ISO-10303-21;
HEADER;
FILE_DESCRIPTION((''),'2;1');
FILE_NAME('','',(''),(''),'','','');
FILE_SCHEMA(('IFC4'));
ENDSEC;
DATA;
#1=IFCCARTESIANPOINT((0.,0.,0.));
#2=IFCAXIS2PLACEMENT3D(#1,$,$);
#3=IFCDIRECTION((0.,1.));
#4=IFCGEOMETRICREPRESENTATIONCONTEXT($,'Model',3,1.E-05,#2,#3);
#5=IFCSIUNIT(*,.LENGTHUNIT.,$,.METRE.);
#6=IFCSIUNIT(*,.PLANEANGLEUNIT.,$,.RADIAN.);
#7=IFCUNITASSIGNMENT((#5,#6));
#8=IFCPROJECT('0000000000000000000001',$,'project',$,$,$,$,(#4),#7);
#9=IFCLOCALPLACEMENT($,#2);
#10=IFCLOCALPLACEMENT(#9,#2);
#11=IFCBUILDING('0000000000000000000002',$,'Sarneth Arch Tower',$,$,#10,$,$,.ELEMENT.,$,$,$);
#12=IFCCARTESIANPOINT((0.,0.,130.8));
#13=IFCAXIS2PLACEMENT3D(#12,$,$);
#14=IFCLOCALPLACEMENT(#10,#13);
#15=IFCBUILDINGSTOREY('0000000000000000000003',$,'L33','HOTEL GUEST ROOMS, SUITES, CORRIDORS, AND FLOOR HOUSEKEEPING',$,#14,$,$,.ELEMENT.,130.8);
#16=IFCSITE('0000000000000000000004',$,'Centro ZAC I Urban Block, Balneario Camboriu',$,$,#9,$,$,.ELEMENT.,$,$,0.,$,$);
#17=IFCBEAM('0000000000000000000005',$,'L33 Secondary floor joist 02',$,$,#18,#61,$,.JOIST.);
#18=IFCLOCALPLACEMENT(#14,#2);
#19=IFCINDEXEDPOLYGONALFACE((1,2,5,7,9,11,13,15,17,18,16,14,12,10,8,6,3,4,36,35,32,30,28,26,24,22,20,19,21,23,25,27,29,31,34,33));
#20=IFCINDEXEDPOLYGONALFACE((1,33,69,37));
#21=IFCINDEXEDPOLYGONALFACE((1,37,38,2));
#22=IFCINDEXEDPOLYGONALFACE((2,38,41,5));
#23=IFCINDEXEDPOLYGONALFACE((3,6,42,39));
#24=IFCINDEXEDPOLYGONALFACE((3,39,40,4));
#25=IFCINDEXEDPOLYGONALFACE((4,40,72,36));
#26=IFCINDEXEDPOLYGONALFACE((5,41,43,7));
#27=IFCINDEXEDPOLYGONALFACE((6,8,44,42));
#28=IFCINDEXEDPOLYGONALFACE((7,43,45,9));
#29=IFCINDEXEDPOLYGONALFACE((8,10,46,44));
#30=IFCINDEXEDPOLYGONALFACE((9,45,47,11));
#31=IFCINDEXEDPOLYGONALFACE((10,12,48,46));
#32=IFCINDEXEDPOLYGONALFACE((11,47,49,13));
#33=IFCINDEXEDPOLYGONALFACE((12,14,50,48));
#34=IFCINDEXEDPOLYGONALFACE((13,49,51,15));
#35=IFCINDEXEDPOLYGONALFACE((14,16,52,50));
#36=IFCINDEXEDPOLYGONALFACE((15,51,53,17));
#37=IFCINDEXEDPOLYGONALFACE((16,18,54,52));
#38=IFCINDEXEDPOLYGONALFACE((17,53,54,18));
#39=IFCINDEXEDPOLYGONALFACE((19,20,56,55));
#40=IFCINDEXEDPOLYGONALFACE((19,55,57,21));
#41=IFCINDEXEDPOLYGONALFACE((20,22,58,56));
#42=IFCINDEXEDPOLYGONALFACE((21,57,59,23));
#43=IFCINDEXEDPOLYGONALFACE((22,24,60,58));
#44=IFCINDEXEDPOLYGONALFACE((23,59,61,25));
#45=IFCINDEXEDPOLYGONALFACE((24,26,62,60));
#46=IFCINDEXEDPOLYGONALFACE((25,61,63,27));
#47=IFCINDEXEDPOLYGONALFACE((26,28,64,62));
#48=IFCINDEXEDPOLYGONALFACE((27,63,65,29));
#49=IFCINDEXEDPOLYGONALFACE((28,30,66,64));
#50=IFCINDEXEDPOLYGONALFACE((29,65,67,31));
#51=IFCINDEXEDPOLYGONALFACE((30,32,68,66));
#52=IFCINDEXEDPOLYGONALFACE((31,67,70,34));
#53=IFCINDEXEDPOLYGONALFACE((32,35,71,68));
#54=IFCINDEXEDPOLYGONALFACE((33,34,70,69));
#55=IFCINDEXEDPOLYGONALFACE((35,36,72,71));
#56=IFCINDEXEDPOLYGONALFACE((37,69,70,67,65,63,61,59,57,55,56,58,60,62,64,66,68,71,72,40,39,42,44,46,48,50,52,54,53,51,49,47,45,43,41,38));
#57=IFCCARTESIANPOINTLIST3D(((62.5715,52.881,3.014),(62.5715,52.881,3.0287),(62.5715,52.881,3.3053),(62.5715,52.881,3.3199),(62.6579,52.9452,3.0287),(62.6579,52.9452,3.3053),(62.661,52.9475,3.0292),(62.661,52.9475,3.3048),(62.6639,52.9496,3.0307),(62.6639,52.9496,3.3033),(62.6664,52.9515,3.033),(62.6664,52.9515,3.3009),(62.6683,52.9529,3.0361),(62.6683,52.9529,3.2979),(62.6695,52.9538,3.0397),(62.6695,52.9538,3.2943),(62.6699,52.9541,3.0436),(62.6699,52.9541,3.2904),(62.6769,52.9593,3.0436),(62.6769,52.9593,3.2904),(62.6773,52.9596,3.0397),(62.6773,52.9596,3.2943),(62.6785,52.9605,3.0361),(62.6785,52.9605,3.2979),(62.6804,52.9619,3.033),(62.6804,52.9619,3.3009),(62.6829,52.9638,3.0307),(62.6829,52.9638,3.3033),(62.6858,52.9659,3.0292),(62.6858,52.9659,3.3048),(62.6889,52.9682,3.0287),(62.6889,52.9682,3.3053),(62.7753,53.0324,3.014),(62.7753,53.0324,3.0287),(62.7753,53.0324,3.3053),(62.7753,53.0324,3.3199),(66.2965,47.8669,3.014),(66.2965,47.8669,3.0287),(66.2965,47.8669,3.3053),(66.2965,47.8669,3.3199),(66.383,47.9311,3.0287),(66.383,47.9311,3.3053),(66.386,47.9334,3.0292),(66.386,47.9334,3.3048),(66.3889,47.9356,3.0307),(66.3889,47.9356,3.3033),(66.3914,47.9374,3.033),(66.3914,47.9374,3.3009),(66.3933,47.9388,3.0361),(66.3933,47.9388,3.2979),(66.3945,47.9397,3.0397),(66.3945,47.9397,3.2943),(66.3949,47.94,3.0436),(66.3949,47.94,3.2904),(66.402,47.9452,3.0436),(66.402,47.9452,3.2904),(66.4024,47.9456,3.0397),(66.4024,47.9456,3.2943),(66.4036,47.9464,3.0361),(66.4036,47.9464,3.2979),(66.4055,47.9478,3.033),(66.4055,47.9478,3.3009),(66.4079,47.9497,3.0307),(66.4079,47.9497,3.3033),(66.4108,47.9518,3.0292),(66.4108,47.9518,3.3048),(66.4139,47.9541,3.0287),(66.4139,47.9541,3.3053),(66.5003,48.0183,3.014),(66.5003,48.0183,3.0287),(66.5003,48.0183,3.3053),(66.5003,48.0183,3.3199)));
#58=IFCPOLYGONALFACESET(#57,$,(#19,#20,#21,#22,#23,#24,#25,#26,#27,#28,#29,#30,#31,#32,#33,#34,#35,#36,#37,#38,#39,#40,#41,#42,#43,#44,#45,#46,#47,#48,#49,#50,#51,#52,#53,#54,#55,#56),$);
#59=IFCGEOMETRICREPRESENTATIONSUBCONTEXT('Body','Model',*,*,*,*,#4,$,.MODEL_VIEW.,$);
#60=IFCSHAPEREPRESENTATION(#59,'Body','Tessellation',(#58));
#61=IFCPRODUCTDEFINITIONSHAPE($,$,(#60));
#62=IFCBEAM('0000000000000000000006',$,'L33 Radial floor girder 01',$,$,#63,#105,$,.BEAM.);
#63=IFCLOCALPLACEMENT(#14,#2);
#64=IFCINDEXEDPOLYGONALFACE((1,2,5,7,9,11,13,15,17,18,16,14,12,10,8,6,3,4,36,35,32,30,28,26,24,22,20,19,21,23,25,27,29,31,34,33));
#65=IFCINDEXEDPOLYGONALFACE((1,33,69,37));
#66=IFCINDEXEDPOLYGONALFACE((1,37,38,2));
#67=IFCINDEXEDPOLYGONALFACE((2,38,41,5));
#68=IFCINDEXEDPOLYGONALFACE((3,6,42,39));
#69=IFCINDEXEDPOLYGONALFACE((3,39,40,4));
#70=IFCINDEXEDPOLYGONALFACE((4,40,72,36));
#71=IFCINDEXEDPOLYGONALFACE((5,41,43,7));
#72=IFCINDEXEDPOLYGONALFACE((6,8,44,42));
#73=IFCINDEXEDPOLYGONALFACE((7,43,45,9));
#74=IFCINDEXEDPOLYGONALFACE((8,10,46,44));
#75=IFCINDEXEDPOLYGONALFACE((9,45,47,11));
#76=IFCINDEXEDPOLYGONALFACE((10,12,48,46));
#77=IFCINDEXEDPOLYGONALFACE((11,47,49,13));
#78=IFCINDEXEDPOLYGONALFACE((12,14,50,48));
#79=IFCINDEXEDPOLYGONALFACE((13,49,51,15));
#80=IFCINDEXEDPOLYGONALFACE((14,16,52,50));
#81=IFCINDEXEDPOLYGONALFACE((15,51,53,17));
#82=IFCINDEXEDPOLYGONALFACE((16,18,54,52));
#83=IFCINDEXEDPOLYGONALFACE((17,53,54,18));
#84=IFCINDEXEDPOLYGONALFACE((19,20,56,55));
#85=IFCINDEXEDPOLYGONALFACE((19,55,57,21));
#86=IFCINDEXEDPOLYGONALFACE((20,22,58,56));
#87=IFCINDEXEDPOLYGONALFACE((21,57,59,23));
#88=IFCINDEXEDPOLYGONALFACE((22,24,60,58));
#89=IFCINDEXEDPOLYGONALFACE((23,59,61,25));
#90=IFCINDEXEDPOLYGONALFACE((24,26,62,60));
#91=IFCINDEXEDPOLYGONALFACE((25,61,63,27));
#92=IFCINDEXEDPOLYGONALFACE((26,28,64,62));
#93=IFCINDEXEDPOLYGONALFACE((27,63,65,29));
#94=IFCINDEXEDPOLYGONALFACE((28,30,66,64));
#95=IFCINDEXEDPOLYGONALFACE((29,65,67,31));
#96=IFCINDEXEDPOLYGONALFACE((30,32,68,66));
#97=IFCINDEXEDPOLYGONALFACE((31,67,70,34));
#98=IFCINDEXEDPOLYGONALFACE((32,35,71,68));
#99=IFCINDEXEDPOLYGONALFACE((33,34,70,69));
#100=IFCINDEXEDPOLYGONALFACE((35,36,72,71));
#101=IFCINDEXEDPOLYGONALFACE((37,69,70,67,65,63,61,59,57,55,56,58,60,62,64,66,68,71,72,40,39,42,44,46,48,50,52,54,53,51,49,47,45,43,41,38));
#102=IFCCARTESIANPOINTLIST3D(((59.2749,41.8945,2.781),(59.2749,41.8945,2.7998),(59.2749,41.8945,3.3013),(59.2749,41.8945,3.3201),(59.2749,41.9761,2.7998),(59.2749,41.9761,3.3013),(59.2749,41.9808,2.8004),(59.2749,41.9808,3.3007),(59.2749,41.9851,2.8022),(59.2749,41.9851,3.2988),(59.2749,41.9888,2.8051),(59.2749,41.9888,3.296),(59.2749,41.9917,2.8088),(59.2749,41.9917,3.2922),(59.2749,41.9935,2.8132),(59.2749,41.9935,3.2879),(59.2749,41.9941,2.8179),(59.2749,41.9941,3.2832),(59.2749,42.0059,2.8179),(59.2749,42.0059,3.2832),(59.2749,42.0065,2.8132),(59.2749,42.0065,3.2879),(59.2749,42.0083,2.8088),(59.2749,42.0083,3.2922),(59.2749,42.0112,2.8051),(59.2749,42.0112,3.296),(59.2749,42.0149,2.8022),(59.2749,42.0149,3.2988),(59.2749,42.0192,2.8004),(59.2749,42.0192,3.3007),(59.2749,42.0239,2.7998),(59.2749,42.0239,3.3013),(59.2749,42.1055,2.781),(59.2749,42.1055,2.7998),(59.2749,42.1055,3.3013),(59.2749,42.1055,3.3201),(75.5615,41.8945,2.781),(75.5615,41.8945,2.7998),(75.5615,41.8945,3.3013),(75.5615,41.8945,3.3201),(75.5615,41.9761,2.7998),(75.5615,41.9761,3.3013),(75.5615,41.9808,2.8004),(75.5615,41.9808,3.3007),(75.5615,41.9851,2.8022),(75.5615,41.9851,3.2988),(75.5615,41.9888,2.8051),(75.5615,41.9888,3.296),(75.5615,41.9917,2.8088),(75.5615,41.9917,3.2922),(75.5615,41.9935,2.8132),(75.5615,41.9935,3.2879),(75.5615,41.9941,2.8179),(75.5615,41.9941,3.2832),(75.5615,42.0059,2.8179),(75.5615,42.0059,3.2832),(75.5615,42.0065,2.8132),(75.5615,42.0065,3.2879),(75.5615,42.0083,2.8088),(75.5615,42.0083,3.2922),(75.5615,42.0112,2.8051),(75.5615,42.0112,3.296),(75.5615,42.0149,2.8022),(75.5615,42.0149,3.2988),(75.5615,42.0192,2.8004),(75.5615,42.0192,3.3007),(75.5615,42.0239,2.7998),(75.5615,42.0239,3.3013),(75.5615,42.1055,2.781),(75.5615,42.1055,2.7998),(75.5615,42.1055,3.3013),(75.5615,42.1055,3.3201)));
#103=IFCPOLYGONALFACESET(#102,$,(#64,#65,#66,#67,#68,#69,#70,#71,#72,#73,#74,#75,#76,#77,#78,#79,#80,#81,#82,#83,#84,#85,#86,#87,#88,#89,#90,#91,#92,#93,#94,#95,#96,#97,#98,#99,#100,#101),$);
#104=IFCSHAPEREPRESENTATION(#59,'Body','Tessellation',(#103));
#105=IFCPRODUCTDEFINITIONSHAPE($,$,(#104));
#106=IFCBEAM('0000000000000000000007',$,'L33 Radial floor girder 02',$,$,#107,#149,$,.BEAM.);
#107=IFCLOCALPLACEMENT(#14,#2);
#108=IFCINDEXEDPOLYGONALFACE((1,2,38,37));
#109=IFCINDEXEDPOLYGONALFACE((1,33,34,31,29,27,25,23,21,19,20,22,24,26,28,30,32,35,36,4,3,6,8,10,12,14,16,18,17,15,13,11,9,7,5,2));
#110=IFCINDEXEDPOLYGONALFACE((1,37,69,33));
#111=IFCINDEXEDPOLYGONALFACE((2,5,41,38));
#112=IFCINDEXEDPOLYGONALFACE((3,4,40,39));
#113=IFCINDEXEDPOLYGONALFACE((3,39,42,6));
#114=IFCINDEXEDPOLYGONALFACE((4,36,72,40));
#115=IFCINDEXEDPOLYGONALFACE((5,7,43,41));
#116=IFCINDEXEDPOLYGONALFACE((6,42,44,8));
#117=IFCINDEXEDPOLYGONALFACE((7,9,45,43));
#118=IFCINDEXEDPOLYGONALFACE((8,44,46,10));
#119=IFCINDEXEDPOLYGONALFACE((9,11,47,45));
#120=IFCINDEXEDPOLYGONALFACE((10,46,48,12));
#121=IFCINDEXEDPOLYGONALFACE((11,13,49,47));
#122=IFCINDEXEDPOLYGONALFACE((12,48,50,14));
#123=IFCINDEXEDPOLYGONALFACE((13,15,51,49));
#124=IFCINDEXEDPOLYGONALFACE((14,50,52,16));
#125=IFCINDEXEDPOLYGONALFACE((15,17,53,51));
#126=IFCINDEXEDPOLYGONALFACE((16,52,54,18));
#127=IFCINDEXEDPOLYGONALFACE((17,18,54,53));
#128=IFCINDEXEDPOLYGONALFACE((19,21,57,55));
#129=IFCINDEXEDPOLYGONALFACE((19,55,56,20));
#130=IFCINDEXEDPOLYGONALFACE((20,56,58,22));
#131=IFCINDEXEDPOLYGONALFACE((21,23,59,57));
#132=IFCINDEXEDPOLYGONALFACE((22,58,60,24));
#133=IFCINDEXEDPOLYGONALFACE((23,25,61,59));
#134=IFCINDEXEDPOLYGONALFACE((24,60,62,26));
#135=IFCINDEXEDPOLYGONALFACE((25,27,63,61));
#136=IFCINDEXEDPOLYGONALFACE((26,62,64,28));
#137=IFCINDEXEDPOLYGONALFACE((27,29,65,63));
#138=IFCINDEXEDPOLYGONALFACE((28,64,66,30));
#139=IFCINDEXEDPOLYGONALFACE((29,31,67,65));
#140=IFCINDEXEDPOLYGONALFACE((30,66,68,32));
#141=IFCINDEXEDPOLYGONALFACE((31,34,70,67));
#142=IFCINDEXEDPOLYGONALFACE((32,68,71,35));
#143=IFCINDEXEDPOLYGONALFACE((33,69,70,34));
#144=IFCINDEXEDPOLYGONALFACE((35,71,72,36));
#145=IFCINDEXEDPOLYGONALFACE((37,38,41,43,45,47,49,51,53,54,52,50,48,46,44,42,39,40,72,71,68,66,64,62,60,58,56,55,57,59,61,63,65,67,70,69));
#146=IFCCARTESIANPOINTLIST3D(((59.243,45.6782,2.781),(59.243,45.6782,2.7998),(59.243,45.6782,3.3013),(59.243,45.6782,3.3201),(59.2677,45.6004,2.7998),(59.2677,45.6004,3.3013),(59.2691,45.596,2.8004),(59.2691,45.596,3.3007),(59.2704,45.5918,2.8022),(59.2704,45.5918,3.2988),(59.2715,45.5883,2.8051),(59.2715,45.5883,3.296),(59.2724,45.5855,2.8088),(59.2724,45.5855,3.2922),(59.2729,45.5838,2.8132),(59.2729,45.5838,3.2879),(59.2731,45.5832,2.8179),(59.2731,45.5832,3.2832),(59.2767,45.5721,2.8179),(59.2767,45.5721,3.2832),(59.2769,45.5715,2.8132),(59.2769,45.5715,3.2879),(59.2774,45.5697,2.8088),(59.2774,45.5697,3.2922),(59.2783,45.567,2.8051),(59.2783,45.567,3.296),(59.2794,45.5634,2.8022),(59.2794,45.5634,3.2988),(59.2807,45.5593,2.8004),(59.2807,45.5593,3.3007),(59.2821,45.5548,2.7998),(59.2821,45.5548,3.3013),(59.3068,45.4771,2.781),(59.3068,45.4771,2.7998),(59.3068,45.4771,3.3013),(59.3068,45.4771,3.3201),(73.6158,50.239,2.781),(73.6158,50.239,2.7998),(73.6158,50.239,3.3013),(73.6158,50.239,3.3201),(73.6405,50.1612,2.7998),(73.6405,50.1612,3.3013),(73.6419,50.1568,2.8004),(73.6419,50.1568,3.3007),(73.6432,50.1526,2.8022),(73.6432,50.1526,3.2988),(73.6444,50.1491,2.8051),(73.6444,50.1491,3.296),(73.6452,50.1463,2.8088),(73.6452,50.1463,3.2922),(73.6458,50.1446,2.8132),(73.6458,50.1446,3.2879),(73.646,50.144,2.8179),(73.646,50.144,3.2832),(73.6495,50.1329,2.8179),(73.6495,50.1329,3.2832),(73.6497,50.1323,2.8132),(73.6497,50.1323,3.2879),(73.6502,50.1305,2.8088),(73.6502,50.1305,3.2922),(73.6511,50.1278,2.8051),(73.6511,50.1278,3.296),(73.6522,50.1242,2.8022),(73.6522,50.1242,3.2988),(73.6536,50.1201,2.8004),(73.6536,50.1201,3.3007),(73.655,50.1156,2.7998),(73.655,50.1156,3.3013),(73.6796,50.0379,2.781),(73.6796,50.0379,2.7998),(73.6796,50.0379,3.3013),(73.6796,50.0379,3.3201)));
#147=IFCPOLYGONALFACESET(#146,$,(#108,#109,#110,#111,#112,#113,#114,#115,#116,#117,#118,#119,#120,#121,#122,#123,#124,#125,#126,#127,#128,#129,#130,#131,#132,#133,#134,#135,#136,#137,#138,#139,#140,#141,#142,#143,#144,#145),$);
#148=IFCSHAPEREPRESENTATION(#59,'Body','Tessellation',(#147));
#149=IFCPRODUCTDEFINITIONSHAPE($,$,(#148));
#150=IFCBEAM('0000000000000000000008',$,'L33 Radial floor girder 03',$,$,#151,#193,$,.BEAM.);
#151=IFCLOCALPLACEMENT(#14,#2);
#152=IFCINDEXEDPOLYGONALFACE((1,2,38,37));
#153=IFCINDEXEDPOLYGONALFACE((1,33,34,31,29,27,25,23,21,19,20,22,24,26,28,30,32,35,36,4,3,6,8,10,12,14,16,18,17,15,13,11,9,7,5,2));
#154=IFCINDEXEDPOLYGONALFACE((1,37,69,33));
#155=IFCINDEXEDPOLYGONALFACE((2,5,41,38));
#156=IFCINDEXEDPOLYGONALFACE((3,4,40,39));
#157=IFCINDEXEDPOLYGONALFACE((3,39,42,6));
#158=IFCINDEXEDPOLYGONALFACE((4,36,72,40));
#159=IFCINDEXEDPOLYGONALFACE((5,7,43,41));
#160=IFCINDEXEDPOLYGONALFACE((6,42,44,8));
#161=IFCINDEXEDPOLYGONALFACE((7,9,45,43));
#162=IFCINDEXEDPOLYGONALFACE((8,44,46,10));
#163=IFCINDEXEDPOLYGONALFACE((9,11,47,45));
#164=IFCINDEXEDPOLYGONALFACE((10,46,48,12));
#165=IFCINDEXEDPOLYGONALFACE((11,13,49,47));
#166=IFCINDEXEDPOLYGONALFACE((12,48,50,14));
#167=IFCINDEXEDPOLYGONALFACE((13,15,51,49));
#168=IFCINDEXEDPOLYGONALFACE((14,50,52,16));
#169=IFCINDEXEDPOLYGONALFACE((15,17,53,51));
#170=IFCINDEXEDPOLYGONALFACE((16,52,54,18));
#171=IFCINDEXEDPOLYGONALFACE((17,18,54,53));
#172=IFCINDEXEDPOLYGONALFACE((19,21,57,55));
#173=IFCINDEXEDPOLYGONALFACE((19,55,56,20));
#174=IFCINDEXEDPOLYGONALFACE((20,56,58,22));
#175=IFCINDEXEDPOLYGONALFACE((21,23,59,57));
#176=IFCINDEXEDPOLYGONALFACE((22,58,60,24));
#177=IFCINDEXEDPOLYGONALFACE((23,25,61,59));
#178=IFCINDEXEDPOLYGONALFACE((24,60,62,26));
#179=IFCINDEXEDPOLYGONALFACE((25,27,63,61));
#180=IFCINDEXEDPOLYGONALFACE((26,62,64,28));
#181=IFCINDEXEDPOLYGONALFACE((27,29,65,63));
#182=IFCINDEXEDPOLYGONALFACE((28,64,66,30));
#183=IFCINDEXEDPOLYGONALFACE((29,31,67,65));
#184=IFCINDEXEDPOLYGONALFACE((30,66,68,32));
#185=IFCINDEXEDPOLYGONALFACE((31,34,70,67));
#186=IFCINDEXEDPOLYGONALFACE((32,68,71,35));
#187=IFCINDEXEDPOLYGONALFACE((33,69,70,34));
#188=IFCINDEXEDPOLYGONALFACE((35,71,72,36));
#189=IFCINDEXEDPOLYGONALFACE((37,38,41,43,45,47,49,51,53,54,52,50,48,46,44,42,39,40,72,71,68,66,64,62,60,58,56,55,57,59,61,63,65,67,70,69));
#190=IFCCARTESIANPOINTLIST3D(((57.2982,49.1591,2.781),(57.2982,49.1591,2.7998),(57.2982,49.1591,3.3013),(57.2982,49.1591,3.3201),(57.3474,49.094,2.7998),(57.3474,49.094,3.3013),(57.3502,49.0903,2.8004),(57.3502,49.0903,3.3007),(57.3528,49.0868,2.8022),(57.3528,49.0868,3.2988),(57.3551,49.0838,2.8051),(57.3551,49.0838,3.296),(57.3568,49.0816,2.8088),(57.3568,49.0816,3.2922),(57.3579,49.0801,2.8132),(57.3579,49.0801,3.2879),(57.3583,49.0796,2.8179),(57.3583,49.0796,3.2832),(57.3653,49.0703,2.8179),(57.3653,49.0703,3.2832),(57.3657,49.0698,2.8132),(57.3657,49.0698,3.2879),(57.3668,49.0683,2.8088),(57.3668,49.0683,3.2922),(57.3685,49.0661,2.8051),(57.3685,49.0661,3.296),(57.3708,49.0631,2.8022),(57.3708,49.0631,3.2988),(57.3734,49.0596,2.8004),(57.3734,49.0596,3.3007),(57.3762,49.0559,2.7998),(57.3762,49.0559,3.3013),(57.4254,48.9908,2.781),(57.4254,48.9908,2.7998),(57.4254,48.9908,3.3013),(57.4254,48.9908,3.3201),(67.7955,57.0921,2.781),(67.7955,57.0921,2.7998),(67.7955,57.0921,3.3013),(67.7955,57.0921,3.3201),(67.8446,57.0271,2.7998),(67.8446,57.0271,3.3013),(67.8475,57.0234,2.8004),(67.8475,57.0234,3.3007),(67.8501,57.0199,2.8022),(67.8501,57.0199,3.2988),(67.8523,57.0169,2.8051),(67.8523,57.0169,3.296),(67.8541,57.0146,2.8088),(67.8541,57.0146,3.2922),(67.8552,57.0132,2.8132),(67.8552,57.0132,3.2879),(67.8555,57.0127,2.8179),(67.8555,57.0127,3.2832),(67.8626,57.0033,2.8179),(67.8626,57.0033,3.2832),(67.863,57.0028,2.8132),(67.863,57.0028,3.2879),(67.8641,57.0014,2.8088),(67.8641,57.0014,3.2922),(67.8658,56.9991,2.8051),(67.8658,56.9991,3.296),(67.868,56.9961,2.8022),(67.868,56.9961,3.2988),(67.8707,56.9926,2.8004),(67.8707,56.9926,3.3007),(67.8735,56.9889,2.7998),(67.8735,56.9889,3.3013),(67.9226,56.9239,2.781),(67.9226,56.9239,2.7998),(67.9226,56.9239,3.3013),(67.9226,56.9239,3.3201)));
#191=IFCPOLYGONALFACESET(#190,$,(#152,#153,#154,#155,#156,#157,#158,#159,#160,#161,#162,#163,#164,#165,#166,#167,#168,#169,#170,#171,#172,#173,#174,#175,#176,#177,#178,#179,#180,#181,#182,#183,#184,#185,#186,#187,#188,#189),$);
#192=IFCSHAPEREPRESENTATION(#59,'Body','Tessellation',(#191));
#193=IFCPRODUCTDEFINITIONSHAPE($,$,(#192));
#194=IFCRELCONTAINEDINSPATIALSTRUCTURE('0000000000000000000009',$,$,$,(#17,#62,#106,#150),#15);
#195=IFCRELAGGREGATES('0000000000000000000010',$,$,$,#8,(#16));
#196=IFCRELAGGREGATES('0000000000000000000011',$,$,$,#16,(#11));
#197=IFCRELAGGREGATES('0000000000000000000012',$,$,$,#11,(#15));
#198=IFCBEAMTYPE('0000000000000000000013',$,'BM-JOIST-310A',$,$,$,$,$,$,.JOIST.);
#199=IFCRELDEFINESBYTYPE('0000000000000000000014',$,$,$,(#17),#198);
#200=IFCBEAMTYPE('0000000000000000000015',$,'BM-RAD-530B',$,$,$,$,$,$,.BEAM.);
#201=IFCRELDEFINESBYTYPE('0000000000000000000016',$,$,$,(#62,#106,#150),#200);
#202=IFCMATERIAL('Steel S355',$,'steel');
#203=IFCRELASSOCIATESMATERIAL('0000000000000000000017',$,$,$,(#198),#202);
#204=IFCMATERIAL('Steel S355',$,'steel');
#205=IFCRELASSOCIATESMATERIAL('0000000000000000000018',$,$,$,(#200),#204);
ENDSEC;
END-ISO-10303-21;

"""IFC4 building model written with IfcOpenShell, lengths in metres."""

from ifc_helpers import new_model, si_unit, direction, frame, origin, origin_2d, place, context, subcontext, project, spatial, i_section, extrude, material, material_profile, profile_set, type_object, element, save


model = new_model("IFC4")

# Units and contexts
model_context = context("Model", 3, precision=1e-05, world=origin(), true_north=direction((0.0, 1.0)))
body_context = subcontext(model_context, "Body", "Model", "MODEL_VIEW")
ifc_project = project(units=[si_unit("LENGTHUNIT", "METRE"), si_unit("PLANEANGLEUNIT", "RADIAN")], contexts=[model_context])

# Site, building, storey
site_placement = place(None, origin())
site = spatial("IfcSite", under=ifc_project, at=site_placement, Name="Centro ZAC I Urban Block, Balneario Camboriu", CompositionType="ELEMENT", RefElevation=0.0)
building_placement = place(site_placement, origin())
building = spatial("IfcBuilding", under=site, at=building_placement, Name="Sarneth Arch Tower", CompositionType="ELEMENT")
storey_placement = place(building_placement, frame((0.0, 0.0, 130.8)))
storey = spatial("IfcBuildingStorey", under=building, at=storey_placement, Name="L33", Description="HOTEL GUEST ROOMS, SUITES, CORRIDORS, AND FLOOR HOUSEKEEPING", CompositionType="ELEMENT", Elevation=130.8)

# Beams
ifc_material_1 = material(Name="Steel S355", Category="steel")
ifc_material_profile_1 = material_profile(ifc_material_1, i_section(OverallWidth=0.2539, OverallDepth=0.3059, WebThickness=0.0088, FlangeThickness=0.0146, FilletRadius=0.0149, at=origin_2d()), Name="W310x79")
ifc_profile_set_1 = profile_set([ifc_material_profile_1], Name="Steel S355")
beam_type_1 = type_object("IfcBeamType", Name="BM-JOIST-310A", PredefinedType="JOIST", material=ifc_profile_set_1)
beam_1_placement = place(storey_placement, frame((66.3984, 47.9426, 3.167), z_axis=(-0.596354, 0.802721, 0.0), x_axis=(-0.802721, -0.596354, 0.0)))
element("IfcBeam", 1, at=beam_1_placement, inside=storey, type_object=beam_type_1, Name="L33 Secondary floor joist 02", PredefinedType="JOIST", context=body_context, shape_type="SweptSolid", body=[
    extrude(i_section(OverallWidth=0.2539, OverallDepth=0.3059, WebThickness=0.0088, FlangeThickness=0.0146, FilletRadius=0.0149, at=origin_2d()), origin(), (0.0, 0.0, 1.0), 6.2463),
])
ifc_material_2 = material(Name="Steel S355", Category="steel")
ifc_material_profile_2 = material_profile(ifc_material_2, i_section(OverallWidth=0.2109, OverallDepth=0.5391, WebThickness=0.0117, FlangeThickness=0.0188, FilletRadius=0.0181, at=origin_2d()), Name="W530x109")
ifc_profile_set_2 = profile_set([ifc_material_profile_2], Name="Steel S355")
beam_type_2 = type_object("IfcBeamType", Name="BM-RAD-530B", PredefinedType="BEAM", material=ifc_profile_set_2)
beam_2_placement = place(storey_placement, frame((59.2749, 42.0, 3.0505), z_axis=(1.0, 0.0, 0.0), x_axis=(0.0, 1.0, 0.0)))
element("IfcBeam", 2, at=beam_2_placement, inside=storey, type_object=beam_type_2, Name="L33 Radial floor girder 01", PredefinedType="BEAM", context=body_context, shape_type="SweptSolid", body=[
    extrude(i_section(OverallWidth=0.2109, OverallDepth=0.5391, WebThickness=0.0117, FlangeThickness=0.0188, FilletRadius=0.0181, at=origin_2d()), origin(), (0.0, 0.0, 1.0), 16.2866),
])
beam_3_placement = place(storey_placement, frame((59.2749, 45.5776, 3.0505), z_axis=(0.953163, 0.302458, 0.0), x_axis=(-0.302458, 0.953163, 0.0)))
element("IfcBeam", 3, at=beam_3_placement, inside=storey, type_object=beam_type_2, Name="L33 Radial floor girder 02", PredefinedType="BEAM", context=body_context, shape_type="SweptSolid", body=[
    extrude(i_section(OverallWidth=0.2109, OverallDepth=0.5391, WebThickness=0.0117, FlangeThickness=0.0188, FilletRadius=0.0181, at=origin_2d()), origin(), (0.0, 0.0, 1.0), 15.0791),
])
beam_4_placement = place(storey_placement, frame((57.3618, 49.075, 3.0505), z_axis=(0.797801, 0.60292, 0.0), x_axis=(-0.60292, 0.797801, 0.0)))
element("IfcBeam", 4, at=beam_4_placement, inside=storey, type_object=beam_type_2, Name="L33 Radial floor girder 03", PredefinedType="BEAM", context=body_context, shape_type="SweptSolid", body=[
    extrude(i_section(OverallWidth=0.2109, OverallDepth=0.5391, WebThickness=0.0117, FlangeThickness=0.0188, FilletRadius=0.0181, at=origin_2d()), origin(), (0.0, 0.0, 1.0), 13.1577),
])

save(model, "model.ifc")
